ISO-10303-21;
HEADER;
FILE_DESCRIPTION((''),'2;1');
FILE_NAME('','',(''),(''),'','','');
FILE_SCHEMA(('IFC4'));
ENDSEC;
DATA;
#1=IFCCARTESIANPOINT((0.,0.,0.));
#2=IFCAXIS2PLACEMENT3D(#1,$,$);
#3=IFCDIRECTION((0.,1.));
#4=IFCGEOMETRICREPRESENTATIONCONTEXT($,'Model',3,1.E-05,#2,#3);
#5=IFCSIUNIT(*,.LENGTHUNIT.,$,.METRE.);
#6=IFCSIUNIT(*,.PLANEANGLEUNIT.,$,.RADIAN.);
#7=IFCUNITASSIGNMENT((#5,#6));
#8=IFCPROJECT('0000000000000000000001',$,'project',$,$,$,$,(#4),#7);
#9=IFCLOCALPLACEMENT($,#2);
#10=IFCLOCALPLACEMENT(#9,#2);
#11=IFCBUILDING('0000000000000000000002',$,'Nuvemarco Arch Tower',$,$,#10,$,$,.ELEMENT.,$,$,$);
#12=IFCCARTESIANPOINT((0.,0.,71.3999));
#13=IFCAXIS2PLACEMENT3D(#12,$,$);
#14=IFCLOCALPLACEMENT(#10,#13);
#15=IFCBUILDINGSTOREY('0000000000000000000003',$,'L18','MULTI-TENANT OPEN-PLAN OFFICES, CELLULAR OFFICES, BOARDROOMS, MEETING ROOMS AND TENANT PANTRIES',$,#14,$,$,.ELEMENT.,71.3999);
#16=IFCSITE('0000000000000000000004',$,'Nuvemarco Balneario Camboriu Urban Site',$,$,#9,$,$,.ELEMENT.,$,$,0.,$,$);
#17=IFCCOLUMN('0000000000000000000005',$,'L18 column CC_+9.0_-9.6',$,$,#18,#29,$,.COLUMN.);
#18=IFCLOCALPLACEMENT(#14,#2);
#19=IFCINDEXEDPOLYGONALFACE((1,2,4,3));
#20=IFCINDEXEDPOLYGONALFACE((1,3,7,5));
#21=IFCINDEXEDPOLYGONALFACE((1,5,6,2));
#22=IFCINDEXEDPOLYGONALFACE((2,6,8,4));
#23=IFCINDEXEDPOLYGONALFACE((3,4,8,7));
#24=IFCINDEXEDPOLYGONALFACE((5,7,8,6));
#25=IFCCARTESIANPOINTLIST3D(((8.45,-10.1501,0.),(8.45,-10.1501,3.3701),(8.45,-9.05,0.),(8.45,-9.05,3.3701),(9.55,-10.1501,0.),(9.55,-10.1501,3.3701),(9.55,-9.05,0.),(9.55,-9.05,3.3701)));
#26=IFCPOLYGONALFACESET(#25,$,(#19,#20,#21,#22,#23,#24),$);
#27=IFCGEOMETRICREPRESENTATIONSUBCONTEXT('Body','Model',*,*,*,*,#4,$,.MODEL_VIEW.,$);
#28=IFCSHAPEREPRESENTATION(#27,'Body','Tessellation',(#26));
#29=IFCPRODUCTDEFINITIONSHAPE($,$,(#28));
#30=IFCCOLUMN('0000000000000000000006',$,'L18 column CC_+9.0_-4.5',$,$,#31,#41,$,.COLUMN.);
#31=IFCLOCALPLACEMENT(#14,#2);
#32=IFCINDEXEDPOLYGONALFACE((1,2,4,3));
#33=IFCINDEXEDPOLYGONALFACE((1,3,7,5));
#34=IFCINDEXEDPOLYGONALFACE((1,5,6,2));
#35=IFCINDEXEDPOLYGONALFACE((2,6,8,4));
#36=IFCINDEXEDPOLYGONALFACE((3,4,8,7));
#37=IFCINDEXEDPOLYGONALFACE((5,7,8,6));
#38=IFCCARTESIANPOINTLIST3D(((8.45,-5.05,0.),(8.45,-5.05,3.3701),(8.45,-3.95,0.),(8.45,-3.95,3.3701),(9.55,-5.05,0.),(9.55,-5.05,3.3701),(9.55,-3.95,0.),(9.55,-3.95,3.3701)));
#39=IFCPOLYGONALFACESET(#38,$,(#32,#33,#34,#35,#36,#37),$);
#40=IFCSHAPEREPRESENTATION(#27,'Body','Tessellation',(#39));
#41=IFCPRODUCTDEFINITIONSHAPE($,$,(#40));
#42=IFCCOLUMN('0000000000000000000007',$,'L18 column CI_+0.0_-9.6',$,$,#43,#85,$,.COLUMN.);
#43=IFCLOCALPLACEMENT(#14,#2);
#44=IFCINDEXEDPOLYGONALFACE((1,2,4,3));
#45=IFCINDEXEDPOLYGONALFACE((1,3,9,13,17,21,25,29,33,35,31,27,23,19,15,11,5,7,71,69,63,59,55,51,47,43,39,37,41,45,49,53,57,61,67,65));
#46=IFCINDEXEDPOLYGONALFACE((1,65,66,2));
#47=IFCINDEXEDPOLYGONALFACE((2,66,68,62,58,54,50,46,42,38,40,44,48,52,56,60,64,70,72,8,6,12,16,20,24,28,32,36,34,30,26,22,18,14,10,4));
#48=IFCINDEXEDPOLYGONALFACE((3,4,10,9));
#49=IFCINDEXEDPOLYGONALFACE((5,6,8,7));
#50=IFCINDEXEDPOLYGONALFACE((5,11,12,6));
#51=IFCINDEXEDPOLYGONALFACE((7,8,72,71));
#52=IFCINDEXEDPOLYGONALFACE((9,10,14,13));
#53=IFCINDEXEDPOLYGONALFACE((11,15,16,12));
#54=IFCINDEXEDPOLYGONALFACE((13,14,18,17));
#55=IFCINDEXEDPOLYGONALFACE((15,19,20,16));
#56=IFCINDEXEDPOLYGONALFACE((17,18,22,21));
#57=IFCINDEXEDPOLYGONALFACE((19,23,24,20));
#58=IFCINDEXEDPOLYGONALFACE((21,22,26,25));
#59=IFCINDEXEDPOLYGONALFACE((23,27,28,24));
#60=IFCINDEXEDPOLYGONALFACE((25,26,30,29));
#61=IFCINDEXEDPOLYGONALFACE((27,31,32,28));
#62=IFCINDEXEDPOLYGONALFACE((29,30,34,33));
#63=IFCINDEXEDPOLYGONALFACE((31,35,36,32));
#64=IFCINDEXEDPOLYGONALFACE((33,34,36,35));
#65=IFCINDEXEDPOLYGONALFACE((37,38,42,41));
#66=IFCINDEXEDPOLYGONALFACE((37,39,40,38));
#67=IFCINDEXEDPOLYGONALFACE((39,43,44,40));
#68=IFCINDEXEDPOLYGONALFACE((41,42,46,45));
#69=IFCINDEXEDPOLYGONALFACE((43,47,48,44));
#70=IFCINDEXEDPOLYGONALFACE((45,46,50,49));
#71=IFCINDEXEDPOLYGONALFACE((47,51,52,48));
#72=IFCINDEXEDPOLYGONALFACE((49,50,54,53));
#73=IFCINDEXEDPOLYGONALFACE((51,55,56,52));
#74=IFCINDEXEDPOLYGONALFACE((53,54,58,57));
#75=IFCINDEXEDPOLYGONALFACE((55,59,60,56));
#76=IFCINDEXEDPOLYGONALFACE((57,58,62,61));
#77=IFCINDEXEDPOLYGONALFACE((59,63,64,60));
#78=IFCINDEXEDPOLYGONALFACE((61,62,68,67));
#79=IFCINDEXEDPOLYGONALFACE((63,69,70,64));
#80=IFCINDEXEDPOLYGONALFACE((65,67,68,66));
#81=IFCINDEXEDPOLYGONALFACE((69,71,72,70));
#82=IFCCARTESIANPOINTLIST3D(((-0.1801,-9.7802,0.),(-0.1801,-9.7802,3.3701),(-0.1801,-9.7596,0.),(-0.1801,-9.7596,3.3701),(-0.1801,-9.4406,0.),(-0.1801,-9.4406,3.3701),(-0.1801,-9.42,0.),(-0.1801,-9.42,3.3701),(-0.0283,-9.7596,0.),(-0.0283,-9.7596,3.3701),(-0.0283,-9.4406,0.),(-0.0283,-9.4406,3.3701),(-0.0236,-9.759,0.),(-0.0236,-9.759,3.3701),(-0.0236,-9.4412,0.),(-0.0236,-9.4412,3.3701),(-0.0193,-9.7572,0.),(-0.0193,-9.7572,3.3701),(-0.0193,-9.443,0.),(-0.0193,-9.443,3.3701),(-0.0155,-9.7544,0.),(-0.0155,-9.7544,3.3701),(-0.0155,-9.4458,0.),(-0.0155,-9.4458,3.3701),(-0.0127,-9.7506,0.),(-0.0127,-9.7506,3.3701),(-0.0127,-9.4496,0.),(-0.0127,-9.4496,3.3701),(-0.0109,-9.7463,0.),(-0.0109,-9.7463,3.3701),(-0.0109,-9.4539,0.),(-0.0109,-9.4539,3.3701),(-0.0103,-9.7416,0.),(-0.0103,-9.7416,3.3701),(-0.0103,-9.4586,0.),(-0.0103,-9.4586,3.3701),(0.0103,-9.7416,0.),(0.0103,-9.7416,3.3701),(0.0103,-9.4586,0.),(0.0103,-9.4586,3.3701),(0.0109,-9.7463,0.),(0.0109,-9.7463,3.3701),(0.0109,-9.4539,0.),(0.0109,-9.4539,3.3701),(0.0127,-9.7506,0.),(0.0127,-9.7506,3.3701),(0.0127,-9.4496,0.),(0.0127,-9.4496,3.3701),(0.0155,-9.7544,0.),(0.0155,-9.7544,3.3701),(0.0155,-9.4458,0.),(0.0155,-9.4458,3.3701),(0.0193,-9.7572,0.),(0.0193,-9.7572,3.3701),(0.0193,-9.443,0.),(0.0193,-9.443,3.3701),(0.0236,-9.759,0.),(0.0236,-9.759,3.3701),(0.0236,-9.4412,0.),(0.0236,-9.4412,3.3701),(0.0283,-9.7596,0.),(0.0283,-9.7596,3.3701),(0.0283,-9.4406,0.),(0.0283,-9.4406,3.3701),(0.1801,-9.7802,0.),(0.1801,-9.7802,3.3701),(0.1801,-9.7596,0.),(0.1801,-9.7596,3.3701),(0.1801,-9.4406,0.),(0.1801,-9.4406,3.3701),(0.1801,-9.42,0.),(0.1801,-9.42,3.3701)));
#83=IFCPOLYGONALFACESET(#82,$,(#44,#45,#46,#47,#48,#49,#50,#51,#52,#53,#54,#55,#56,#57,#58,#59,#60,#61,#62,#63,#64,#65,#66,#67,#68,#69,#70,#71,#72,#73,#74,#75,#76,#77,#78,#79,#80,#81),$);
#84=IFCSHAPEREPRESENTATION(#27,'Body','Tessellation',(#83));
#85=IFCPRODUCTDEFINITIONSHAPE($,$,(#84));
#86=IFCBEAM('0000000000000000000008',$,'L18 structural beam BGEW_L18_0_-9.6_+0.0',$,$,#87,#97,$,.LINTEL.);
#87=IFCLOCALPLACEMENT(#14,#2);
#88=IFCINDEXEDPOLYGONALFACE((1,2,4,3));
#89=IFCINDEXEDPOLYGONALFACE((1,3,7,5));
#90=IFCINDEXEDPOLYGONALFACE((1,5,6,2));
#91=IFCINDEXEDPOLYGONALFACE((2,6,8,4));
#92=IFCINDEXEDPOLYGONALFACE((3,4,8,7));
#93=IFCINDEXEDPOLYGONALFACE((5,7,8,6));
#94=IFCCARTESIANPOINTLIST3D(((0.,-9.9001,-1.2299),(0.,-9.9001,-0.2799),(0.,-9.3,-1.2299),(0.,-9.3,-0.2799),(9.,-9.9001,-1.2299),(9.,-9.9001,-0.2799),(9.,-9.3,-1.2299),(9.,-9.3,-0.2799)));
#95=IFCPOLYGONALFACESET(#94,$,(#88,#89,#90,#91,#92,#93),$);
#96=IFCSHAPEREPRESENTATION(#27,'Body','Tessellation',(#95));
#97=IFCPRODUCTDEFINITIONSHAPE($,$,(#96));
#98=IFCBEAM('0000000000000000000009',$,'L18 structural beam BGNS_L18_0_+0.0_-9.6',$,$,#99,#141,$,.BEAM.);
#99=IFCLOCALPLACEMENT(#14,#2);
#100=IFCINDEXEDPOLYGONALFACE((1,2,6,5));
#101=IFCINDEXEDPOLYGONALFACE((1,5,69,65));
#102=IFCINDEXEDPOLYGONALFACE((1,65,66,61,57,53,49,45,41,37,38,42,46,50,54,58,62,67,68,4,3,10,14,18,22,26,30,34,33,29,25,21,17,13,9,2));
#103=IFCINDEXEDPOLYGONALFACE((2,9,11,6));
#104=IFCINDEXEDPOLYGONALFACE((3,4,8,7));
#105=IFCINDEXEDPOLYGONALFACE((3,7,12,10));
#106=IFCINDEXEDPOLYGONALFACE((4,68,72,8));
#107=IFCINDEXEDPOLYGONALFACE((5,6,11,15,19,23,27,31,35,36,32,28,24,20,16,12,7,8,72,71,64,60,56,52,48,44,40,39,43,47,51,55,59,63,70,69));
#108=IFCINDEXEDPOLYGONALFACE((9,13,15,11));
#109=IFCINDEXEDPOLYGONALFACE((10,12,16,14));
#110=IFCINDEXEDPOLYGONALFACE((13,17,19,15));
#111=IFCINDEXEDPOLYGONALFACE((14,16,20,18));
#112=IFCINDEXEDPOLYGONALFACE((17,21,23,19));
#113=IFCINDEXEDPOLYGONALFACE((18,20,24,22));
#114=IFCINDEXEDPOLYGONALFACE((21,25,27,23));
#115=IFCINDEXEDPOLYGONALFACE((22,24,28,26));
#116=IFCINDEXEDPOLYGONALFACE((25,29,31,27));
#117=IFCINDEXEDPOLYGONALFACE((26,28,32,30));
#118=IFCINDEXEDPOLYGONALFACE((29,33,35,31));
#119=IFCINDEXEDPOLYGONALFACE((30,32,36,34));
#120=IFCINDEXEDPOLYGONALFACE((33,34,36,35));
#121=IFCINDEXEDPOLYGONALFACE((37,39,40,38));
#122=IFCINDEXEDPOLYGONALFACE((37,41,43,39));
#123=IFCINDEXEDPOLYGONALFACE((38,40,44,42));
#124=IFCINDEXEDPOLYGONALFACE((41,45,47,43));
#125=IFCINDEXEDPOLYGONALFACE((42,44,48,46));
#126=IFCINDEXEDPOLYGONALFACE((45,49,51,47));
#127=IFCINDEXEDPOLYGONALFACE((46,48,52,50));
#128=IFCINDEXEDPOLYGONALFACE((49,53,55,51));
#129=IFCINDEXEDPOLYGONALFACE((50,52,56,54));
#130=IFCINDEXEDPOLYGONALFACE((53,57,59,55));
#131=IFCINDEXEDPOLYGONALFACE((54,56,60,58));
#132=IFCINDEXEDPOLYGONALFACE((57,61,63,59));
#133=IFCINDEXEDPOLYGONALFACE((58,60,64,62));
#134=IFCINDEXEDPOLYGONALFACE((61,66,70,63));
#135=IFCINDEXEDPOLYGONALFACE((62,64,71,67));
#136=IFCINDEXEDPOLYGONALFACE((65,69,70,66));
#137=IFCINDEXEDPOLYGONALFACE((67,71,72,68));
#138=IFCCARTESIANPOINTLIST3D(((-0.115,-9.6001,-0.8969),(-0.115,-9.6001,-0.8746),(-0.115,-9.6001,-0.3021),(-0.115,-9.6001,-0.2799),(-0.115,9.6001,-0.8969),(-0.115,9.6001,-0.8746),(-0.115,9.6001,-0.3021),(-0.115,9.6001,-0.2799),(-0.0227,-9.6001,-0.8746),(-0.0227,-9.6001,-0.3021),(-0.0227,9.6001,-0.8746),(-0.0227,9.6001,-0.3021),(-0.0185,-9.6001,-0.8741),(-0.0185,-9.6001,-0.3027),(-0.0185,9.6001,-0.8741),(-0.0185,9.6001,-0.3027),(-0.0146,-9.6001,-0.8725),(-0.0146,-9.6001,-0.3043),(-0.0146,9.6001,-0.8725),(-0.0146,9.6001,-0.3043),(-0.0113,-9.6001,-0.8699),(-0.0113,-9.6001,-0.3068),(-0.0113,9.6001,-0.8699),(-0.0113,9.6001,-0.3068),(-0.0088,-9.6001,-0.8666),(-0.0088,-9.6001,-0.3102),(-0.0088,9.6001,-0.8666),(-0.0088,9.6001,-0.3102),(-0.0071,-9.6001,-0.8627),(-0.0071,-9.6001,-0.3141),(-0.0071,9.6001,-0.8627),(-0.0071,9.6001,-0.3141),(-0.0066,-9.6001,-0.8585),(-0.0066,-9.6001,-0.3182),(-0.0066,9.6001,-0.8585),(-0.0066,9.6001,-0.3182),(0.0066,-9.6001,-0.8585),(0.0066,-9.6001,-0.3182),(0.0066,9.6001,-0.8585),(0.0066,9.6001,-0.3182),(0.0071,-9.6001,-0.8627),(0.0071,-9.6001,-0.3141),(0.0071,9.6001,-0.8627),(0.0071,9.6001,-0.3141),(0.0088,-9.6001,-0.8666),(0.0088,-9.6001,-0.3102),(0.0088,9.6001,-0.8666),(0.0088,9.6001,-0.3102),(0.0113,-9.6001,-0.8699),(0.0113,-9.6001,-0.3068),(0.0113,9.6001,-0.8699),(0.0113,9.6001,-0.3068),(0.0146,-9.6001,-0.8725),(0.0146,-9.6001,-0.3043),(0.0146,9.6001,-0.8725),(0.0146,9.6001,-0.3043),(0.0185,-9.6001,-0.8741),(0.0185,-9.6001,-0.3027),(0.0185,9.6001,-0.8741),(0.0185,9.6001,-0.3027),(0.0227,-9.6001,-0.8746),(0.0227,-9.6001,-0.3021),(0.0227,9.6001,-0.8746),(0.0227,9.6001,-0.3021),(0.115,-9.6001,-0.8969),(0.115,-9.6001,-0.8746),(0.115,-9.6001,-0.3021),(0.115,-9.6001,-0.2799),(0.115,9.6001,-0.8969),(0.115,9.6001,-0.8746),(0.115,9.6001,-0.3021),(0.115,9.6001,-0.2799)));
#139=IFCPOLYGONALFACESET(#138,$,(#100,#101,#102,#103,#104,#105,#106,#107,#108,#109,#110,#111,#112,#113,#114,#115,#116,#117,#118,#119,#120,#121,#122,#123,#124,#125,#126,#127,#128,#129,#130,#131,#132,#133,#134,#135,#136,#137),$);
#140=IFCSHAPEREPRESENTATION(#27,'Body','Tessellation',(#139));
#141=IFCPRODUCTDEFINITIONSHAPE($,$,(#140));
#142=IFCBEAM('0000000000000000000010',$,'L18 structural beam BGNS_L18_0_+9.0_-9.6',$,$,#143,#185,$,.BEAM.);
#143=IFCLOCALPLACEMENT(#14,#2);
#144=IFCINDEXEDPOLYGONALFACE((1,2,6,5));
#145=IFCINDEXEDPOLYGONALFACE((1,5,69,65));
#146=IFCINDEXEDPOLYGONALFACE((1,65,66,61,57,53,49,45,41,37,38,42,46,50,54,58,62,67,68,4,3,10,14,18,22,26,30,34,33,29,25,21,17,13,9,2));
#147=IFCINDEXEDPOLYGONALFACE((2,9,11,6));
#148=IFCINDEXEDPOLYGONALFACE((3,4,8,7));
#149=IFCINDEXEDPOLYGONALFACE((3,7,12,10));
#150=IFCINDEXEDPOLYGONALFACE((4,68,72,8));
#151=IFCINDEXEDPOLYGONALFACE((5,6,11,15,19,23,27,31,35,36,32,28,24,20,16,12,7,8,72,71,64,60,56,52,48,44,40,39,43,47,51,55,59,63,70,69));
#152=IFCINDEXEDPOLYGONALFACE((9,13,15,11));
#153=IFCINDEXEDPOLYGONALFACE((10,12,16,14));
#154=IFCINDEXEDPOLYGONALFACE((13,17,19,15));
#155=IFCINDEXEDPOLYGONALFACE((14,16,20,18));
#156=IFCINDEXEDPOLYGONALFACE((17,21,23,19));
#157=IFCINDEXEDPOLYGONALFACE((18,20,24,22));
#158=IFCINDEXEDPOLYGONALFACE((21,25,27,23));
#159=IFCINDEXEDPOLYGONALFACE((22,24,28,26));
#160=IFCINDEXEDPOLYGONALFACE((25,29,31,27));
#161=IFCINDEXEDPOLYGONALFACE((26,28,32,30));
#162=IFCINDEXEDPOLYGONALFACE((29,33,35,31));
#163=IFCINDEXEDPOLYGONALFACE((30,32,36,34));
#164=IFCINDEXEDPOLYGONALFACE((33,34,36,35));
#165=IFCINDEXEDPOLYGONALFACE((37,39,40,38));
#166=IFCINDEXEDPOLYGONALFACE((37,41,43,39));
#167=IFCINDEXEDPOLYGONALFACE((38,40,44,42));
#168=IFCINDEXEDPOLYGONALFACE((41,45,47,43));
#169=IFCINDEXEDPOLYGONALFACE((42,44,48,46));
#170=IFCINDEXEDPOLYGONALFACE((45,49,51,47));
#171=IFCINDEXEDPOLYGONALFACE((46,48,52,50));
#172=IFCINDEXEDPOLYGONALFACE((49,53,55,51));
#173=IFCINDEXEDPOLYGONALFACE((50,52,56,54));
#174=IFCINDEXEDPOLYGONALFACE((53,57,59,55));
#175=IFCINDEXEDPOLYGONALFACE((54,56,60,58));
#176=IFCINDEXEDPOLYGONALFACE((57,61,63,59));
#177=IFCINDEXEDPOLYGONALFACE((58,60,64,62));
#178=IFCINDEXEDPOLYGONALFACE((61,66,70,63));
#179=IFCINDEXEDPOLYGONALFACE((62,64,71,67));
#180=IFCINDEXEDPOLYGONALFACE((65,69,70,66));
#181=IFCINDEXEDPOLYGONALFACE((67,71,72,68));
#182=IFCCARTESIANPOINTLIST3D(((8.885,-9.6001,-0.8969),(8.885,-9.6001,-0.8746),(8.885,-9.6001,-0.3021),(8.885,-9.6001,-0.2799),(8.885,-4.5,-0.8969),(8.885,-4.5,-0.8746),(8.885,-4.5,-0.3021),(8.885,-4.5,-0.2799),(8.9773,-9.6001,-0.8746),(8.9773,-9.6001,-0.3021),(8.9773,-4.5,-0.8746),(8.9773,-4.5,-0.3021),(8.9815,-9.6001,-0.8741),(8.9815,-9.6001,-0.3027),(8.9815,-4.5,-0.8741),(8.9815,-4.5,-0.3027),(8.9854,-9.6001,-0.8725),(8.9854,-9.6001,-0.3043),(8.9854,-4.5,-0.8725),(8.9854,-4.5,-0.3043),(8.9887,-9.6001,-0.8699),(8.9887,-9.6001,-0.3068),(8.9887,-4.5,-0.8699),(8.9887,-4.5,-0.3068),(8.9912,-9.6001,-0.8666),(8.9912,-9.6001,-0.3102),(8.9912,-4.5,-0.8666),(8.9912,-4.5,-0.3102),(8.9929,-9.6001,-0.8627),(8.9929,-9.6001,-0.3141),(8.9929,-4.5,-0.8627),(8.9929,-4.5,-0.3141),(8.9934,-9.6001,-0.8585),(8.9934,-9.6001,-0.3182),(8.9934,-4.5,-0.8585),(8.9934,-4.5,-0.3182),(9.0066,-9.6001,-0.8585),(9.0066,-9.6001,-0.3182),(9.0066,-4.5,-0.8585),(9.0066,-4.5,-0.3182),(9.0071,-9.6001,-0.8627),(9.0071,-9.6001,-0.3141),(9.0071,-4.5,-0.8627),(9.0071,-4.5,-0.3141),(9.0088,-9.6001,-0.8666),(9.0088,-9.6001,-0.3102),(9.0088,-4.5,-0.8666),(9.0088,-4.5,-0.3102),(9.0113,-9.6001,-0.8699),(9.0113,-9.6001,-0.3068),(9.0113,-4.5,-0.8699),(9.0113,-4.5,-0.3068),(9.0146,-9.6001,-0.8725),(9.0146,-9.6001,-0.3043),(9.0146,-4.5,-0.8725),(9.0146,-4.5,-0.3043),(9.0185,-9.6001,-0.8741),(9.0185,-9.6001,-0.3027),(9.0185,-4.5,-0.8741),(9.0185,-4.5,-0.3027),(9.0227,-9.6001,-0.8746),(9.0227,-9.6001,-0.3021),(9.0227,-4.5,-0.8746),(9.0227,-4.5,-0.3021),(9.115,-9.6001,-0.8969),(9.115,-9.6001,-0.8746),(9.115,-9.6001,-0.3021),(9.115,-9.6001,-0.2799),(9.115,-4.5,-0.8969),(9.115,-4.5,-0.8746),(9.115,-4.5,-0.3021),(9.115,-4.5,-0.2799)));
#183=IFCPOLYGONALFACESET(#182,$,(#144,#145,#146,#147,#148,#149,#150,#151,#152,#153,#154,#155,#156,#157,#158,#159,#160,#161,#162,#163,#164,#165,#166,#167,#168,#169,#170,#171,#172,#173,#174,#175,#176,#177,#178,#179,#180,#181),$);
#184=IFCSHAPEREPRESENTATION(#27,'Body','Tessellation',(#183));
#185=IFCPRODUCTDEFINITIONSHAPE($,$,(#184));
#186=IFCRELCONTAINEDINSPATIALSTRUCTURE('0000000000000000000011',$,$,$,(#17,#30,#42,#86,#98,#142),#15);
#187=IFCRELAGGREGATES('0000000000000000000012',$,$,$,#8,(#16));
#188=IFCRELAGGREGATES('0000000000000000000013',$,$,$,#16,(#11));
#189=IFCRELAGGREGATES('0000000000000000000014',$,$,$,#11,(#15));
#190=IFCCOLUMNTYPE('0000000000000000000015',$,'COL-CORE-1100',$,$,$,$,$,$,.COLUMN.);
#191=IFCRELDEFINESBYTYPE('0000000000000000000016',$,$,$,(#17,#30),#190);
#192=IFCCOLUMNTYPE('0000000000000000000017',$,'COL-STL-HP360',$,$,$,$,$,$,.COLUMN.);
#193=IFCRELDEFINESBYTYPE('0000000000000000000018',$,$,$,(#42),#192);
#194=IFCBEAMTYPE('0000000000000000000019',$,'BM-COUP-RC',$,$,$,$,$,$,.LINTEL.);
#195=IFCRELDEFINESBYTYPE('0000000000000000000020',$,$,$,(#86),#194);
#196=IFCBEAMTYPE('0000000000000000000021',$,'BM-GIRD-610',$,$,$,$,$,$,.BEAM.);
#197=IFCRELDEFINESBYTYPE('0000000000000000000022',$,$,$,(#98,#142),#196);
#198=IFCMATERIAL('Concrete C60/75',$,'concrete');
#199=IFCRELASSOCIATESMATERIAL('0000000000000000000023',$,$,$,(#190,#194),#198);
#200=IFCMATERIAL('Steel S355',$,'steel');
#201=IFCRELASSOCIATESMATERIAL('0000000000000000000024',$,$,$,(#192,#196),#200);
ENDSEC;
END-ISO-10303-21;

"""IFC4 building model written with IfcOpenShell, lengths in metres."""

from ifc_helpers import new_model, si_unit, direction, frame, origin, origin_2d, place, context, subcontext, project, spatial, rectangle, i_section, extrude, material, material_profile, profile_set, type_object, element, save


model = new_model("IFC4")

# Units and contexts
model_context = context("Model", 3, precision=1e-05, world=origin(), true_north=direction((0.0, 1.0)))
body_context = subcontext(model_context, "Body", "Model", "MODEL_VIEW")
ifc_project = project(units=[si_unit("LENGTHUNIT", "METRE"), si_unit("PLANEANGLEUNIT", "RADIAN")], contexts=[model_context])

# Site, building, storey
site_placement = place(None, origin())
site = spatial("IfcSite", under=ifc_project, at=site_placement, Name="Nuvemarco Balneario Camboriu Urban Site", CompositionType="ELEMENT", RefElevation=0.0)
building_placement = place(site_placement, origin())
building = spatial("IfcBuilding", under=site, at=building_placement, Name="Nuvemarco Arch Tower", CompositionType="ELEMENT")
storey_placement = place(building_placement, frame((0.0, 0.0, 71.3999)))
storey = spatial("IfcBuildingStorey", under=building, at=storey_placement, Name="L18", Description="MULTI-TENANT OPEN-PLAN OFFICES, CELLULAR OFFICES, BOARDROOMS, MEETING ROOMS AND TENANT PANTRIES", CompositionType="ELEMENT", Elevation=71.3999)

# Columns
ifc_material_1 = material(Name="Concrete C60/75", Category="concrete")
ifc_material_profile_1 = material_profile(ifc_material_1, rectangle(XDim=1.1001, YDim=1.1001, at=origin_2d()), Name="RC-COL-1100x1100")
ifc_profile_set_1 = profile_set([ifc_material_profile_1], Name="Concrete C60/75")
column_type_1 = type_object("IfcColumnType", Name="COL-CORE-1100", PredefinedType="COLUMN", material=ifc_profile_set_1)
for number, where, z_axis, x_axis, name in (
    (1, (9.0, -9.6001, 0.0), (0.0, 0.0, 1.0), (1.0, 0.0, 0.0), "L18 column CC_+9.0_-9.6"),
    (2, (9.0, -4.5, 0.0), (0.0, 0.0, 1.0), (1.0, 0.0, 0.0), "L18 column CC_+9.0_-4.5"),
):
    element("IfcColumn", number, at=place(storey_placement, frame(where, z_axis=z_axis, x_axis=x_axis)), inside=storey, type_object=column_type_1, Name=name, PredefinedType="COLUMN", context=body_context, shape_type="SweptSolid", body=[
        extrude(rectangle(XDim=1.1001, YDim=1.1001, at=origin_2d()), origin(), (0.0, 0.0, 1.0), 3.3701),
    ])
ifc_material_2 = material(Name="Steel S355", Category="steel")
ifc_material_profile_2 = material_profile(ifc_material_2, i_section(OverallWidth=0.3601, OverallDepth=0.3601, WebThickness=0.0205, FlangeThickness=0.0205, FilletRadius=0.0181, at=origin_2d()), Name="HP360x174")
ifc_profile_set_2 = profile_set([ifc_material_profile_2], Name="Steel S355")
column_type_2 = type_object("IfcColumnType", Name="COL-STL-HP360", PredefinedType="COLUMN", material=ifc_profile_set_2)
column_placement = place(storey_placement, frame((0.0, -9.6001, 0.0), z_axis=(0.0, 0.0, 1.0), x_axis=(1.0, 0.0, 0.0)))
element("IfcColumn", 3, at=column_placement, inside=storey, type_object=column_type_2, Name="L18 column CI_+0.0_-9.6", PredefinedType="COLUMN", context=body_context, shape_type="SweptSolid", body=[
    extrude(i_section(OverallWidth=0.3601, OverallDepth=0.3601, WebThickness=0.0205, FlangeThickness=0.0205, FilletRadius=0.0181, at=origin_2d()), origin(), (0.0, 0.0, 1.0), 3.3701),
])

# Beams
ifc_material_profile_3 = material_profile(ifc_material_1, rectangle(XDim=0.6001, YDim=0.95, at=origin_2d()), Name="RC-BM-600x950")
ifc_profile_set_3 = profile_set([ifc_material_profile_3], Name="Concrete C60/75")
beam_type_1 = type_object("IfcBeamType", Name="BM-COUP-RC", PredefinedType="LINTEL", material=ifc_profile_set_3)
beam_1_placement = place(storey_placement, frame((0.0, -9.6001, -0.7549), z_axis=(1.0, 0.0, 0.0), x_axis=(0.0, 1.0, 0.0)))
element("IfcBeam", 4, at=beam_1_placement, inside=storey, type_object=beam_type_1, Name="L18 structural beam BGEW_L18_0_-9.6_+0.0", PredefinedType="LINTEL", context=body_context, shape_type="SweptSolid", body=[
    extrude(rectangle(XDim=0.6001, YDim=0.95, at=origin_2d()), origin(), (0.0, 0.0, 1.0), 9.0),
])
ifc_material_profile_4 = material_profile(ifc_material_2, i_section(OverallWidth=0.23, OverallDepth=0.6169, WebThickness=0.0132, FlangeThickness=0.0222, FilletRadius=0.0161, at=origin_2d()), Name="W610x140")
ifc_profile_set_4 = profile_set([ifc_material_profile_4], Name="Steel S355")
beam_type_2 = type_object("IfcBeamType", Name="BM-GIRD-610", PredefinedType="BEAM", material=ifc_profile_set_4)
beam_2_placement = place(storey_placement, frame((0.0, -9.6001, -0.5884), z_axis=(0.0, 1.0, 0.0), x_axis=(-1.0, 0.0, 0.0)))
element("IfcBeam", 5, at=beam_2_placement, inside=storey, type_object=beam_type_2, Name="L18 structural beam BGNS_L18_0_+0.0_-9.6", PredefinedType="BEAM", context=body_context, shape_type="SweptSolid", body=[
    extrude(i_section(OverallWidth=0.23, OverallDepth=0.6169, WebThickness=0.0132, FlangeThickness=0.0222, FilletRadius=0.0161, at=origin_2d()), origin(), (0.0, 0.0, 1.0), 19.2002),
])
beam_3_placement = place(storey_placement, frame((9.0, -9.6001, -0.5884), z_axis=(0.0, 1.0, 0.0), x_axis=(-1.0, 0.0, 0.0)))
element("IfcBeam", 6, at=beam_3_placement, inside=storey, type_object=beam_type_2, Name="L18 structural beam BGNS_L18_0_+9.0_-9.6", PredefinedType="BEAM", context=body_context, shape_type="SweptSolid", body=[
    extrude(i_section(OverallWidth=0.23, OverallDepth=0.6169, WebThickness=0.0132, FlangeThickness=0.0222, FilletRadius=0.0161, at=origin_2d()), origin(), (0.0, 0.0, 1.0), 5.1001),
])

save(model, "model.ifc")
